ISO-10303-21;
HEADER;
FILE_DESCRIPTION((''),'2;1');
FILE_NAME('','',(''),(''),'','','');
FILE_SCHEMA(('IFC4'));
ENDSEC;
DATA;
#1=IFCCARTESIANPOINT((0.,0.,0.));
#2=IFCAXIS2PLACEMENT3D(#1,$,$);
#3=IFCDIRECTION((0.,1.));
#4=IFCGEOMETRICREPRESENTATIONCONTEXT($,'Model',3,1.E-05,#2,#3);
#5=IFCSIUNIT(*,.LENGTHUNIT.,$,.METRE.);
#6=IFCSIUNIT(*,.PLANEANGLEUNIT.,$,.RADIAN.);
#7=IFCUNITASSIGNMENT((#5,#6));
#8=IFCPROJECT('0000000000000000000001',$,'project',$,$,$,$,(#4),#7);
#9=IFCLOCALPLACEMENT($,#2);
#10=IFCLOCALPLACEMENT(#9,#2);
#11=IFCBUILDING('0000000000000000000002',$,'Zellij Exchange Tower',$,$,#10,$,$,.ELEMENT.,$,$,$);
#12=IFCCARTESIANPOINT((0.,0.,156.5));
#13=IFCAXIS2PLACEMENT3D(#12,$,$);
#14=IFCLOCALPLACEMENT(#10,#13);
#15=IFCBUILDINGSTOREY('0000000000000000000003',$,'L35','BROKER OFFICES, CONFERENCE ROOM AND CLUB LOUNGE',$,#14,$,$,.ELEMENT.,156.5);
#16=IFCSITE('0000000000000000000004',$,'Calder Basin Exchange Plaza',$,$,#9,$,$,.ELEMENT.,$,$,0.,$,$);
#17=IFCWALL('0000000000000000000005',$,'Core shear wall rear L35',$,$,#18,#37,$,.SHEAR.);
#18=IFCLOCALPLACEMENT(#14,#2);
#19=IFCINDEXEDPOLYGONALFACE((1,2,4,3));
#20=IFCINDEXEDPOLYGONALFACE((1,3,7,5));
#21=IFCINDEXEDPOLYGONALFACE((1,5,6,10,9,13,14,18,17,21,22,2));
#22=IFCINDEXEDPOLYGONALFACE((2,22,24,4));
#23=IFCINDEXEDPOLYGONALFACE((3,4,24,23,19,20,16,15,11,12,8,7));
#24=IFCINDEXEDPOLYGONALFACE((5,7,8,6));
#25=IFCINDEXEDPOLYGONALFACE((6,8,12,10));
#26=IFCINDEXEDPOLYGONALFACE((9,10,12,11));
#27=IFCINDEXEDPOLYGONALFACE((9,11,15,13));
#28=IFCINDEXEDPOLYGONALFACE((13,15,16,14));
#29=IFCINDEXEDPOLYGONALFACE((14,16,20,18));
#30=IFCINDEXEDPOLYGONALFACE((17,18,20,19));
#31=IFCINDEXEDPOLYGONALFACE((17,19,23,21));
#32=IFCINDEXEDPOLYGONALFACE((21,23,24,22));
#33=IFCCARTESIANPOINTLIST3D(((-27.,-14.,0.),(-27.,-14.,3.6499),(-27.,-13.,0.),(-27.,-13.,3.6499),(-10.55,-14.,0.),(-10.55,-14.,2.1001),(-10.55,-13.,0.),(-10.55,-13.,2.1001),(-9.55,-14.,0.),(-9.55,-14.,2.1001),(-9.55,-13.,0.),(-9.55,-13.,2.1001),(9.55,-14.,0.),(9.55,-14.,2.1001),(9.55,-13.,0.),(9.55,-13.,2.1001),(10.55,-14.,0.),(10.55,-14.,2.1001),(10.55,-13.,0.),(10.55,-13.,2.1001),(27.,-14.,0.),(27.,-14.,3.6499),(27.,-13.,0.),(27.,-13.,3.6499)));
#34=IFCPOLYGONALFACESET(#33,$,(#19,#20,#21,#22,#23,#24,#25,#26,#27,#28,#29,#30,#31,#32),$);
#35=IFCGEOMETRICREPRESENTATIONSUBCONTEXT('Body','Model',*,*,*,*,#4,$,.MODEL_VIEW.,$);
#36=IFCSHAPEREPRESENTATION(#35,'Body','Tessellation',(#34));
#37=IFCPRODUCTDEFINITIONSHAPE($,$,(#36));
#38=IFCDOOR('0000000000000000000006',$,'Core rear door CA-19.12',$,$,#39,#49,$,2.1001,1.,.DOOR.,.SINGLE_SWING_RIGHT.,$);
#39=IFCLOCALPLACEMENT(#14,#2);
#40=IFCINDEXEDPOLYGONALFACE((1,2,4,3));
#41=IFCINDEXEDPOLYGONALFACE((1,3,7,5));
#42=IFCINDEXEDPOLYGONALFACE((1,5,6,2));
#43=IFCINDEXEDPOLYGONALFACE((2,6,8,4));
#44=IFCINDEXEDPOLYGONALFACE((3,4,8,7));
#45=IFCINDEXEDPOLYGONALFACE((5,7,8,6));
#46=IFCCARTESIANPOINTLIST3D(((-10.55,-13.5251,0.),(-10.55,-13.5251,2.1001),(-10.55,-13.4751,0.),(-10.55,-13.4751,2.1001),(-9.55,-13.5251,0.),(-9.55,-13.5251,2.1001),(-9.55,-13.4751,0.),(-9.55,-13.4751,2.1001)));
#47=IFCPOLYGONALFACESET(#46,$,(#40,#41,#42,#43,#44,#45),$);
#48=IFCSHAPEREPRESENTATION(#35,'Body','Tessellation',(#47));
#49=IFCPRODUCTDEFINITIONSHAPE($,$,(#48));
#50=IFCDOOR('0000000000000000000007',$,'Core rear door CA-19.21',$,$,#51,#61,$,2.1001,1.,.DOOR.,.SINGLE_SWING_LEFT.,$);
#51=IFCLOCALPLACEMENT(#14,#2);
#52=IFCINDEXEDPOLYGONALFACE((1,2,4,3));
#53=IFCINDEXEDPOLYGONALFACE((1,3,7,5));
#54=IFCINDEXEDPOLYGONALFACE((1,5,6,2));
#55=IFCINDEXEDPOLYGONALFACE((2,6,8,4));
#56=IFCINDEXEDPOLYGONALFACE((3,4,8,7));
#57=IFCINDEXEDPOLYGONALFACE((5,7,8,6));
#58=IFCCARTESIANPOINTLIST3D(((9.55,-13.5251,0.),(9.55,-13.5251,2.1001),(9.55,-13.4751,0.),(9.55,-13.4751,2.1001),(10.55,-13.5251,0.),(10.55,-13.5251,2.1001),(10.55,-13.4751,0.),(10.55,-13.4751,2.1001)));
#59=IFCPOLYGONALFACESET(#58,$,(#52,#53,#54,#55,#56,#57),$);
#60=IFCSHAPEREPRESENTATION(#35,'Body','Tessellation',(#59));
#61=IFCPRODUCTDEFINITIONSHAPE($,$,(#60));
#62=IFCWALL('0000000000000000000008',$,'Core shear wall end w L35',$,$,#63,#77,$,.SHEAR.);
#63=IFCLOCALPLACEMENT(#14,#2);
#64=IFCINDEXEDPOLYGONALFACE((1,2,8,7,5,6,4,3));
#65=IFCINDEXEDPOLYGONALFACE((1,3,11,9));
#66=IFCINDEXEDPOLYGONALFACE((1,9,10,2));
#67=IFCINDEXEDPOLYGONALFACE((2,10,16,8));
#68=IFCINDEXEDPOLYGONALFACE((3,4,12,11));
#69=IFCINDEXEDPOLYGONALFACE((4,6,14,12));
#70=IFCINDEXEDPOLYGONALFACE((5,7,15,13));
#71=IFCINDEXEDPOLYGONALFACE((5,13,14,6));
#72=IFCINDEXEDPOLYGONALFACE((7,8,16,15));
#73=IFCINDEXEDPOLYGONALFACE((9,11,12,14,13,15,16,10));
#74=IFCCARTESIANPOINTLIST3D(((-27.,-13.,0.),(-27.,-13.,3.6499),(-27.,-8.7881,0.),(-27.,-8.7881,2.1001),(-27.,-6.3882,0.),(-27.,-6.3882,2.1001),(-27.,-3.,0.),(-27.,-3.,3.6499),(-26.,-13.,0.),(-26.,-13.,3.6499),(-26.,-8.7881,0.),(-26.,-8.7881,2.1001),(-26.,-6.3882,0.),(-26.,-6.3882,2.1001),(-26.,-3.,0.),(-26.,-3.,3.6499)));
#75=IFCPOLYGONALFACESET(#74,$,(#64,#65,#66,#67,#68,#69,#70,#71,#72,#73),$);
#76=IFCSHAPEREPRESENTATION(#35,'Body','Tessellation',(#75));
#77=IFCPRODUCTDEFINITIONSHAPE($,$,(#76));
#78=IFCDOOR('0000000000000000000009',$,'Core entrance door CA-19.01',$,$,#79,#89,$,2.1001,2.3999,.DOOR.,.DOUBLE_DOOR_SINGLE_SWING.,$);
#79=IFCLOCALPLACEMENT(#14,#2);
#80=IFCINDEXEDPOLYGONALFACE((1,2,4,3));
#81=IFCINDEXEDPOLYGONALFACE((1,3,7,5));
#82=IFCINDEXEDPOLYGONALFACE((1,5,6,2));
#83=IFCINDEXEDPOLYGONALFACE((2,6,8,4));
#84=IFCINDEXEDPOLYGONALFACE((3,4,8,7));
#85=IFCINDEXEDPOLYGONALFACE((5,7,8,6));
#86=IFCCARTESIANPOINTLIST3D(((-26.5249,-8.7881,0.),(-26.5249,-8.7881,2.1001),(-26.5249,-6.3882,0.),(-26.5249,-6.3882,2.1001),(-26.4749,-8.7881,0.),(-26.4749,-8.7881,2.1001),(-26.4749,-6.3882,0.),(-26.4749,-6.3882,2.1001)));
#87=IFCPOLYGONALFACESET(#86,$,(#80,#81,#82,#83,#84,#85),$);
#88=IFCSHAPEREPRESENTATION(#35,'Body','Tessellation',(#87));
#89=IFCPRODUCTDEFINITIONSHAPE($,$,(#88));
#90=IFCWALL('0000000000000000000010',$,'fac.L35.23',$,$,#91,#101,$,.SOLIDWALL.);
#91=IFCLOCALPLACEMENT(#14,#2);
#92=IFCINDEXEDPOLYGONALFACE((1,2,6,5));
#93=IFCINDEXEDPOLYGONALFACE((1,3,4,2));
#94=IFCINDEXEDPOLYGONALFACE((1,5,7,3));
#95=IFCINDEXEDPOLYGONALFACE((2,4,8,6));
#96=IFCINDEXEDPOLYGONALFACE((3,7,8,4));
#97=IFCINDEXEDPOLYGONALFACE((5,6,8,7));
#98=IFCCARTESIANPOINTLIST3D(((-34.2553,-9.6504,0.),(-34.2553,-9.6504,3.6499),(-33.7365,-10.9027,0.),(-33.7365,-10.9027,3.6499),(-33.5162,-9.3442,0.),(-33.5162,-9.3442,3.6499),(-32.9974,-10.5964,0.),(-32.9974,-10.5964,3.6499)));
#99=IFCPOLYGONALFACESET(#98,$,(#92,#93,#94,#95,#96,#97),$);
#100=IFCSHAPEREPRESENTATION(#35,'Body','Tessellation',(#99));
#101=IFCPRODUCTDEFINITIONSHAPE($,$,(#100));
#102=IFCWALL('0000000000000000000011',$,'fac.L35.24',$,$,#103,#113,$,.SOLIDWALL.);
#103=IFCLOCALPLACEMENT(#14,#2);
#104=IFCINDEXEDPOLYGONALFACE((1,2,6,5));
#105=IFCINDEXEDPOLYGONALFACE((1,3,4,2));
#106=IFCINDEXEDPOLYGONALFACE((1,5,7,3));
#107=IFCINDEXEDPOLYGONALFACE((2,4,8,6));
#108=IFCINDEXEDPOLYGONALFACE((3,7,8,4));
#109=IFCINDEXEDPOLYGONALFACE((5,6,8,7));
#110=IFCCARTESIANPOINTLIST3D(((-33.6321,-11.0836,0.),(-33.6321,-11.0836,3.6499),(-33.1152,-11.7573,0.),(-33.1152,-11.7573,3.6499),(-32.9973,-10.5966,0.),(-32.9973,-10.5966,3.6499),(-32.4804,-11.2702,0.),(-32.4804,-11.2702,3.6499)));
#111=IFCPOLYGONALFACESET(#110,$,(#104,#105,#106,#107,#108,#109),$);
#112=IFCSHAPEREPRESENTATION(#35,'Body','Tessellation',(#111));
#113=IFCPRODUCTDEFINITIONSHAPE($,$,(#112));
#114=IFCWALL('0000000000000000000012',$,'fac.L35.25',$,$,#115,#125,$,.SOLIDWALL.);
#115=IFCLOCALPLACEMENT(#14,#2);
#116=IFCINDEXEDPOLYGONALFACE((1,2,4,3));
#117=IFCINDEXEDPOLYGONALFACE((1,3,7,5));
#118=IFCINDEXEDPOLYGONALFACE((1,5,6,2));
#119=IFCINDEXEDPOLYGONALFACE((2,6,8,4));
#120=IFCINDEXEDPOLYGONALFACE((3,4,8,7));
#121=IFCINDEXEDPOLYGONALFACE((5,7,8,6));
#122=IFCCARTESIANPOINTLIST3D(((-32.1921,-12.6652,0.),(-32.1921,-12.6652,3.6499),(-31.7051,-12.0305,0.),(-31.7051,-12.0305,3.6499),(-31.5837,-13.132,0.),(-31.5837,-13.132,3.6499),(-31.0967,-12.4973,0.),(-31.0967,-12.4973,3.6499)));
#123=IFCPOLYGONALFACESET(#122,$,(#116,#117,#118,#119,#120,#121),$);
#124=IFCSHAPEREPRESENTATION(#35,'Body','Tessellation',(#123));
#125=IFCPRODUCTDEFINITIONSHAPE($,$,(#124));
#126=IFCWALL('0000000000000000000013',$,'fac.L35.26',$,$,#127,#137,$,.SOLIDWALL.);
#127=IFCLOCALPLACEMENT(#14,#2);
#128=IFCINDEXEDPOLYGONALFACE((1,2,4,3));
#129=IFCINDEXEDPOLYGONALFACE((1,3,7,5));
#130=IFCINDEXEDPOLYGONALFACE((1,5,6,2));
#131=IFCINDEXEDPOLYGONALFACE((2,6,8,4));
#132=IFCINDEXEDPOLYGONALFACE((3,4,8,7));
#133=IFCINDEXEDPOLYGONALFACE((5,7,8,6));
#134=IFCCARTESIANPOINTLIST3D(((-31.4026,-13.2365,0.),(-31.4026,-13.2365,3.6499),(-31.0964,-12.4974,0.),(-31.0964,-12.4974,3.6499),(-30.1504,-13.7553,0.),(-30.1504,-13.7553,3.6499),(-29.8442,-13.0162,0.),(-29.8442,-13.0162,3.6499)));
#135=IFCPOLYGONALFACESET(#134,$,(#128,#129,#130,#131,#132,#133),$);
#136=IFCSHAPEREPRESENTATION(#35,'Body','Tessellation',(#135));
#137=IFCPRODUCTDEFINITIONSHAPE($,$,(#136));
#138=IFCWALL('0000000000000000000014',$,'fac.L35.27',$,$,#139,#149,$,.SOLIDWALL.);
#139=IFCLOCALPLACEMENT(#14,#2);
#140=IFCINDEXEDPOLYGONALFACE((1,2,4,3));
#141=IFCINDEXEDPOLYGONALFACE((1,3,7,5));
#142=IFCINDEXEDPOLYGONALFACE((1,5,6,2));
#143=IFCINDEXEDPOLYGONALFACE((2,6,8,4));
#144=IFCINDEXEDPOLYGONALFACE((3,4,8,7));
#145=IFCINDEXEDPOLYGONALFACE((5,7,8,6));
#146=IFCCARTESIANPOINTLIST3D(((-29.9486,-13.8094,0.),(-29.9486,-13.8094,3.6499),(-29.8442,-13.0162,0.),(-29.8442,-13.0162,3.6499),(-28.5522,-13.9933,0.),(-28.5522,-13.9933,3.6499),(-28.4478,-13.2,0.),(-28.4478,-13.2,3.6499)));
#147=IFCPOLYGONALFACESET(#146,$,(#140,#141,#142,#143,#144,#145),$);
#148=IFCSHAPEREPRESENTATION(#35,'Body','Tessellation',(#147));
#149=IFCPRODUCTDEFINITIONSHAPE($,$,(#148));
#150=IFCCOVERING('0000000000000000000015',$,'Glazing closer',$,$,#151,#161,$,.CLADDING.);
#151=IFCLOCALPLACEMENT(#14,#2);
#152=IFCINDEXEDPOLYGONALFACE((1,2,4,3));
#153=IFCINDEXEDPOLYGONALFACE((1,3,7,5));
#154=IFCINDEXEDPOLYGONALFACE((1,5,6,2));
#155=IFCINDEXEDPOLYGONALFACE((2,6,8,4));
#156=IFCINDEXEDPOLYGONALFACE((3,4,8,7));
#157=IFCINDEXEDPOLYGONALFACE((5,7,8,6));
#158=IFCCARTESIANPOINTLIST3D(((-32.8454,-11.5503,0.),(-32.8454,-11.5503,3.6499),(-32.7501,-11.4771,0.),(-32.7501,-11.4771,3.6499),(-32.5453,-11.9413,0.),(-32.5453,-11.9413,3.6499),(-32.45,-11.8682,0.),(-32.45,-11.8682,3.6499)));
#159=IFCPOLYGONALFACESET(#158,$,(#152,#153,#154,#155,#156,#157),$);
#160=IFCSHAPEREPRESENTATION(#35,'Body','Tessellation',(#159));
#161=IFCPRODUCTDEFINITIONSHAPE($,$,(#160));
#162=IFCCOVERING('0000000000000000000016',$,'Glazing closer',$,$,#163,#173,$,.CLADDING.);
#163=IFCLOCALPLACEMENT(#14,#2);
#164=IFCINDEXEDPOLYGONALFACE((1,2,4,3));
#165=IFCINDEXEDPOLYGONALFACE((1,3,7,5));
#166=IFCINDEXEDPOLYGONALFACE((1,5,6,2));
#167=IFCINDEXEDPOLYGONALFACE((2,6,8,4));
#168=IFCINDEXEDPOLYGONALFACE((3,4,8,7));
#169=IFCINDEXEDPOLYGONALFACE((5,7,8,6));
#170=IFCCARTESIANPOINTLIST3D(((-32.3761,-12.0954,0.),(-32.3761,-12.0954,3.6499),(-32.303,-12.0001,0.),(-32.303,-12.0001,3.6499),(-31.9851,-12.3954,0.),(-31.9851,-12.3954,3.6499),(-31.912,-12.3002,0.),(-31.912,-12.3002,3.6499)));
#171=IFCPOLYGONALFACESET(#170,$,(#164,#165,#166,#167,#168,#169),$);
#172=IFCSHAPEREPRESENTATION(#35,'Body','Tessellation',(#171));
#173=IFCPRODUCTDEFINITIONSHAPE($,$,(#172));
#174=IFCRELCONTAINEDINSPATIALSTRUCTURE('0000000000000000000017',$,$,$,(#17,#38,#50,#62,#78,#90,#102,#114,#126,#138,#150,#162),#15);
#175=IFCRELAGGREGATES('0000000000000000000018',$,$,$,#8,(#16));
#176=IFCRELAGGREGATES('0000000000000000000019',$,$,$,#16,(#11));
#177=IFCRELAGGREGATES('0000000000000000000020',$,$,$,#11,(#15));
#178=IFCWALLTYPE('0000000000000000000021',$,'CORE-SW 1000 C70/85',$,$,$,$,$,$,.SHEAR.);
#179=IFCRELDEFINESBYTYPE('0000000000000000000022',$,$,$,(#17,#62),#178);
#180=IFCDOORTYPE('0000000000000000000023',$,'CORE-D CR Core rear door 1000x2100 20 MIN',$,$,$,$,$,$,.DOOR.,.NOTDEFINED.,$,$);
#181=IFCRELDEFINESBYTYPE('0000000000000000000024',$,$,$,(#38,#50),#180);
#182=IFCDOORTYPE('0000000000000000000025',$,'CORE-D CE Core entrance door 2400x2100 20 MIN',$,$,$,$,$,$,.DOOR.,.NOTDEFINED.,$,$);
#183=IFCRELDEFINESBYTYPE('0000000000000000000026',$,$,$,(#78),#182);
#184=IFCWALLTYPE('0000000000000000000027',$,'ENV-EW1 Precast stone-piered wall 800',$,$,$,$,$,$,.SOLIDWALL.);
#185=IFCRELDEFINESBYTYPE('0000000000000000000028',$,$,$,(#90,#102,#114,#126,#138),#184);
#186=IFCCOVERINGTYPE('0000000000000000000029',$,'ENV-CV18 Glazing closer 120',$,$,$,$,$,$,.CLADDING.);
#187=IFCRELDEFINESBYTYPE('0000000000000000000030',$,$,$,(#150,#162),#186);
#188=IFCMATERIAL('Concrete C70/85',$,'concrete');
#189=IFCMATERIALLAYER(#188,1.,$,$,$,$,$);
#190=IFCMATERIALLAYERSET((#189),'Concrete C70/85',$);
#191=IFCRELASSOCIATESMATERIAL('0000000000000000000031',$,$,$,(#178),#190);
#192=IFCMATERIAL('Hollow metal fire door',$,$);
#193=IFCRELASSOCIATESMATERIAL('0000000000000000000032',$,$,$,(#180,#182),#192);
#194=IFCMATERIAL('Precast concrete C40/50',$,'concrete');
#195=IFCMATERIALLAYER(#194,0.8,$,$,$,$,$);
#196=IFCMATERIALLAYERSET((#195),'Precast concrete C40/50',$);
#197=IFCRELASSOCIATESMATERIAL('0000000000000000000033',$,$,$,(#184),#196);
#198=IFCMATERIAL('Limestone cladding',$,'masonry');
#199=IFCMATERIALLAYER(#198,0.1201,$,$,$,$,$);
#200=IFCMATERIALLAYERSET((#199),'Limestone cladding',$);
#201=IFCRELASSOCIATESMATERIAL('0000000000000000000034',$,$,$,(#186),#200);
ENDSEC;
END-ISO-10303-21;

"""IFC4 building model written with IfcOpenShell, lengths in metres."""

from ifc_helpers import new_model, si_unit, direction, frame, frame_2d, origin, origin_2d, place, context, subcontext, project, spatial, rectangle, extrude, material, layer, layer_set, type_object, element, fill, save


model = new_model("IFC4")

# Units and contexts
model_context = context("Model", 3, precision=1e-05, world=origin(), true_north=direction((0.0, 1.0)))
body_context = subcontext(model_context, "Body", "Model", "MODEL_VIEW")
ifc_project = project(units=[si_unit("LENGTHUNIT", "METRE"), si_unit("PLANEANGLEUNIT", "RADIAN")], contexts=[model_context])

# Site, building, storey
site_placement = place(None, origin())
site = spatial("IfcSite", under=ifc_project, at=site_placement, Name="Calder Basin Exchange Plaza", CompositionType="ELEMENT", RefElevation=0.0)
building_placement = place(site_placement, origin())
building = spatial("IfcBuilding", under=site, at=building_placement, Name="Zellij Exchange Tower", CompositionType="ELEMENT")
storey_placement = place(building_placement, frame((0.0, 0.0, 156.5)))
storey = spatial("IfcBuildingStorey", under=building, at=storey_placement, Name="L35", Description="BROKER OFFICES, CONFERENCE ROOM AND CLUB LOUNGE", CompositionType="ELEMENT", Elevation=156.5)

# Wall, openings, doors
ifc_material_1 = material(Name="Concrete C70/85", Category="concrete")
ifc_layer_1 = layer(ifc_material_1, 1.0)
ifc_layer_set_1 = layer_set([ifc_layer_1], Name="Concrete C70/85")
wall_type_1 = type_object("IfcWallType", Name="CORE-SW 1000 C70/85", PredefinedType="SHEAR", material=ifc_layer_set_1)
wall_1_placement = place(storey_placement, frame((-27.0, -13.5, 0.0), z_axis=(0.0, 0.0, 1.0), x_axis=(1.0, 0.0, 0.0)))
wall_1 = element("IfcWall", 1, at=wall_1_placement, inside=storey, type_object=wall_type_1, Name="Core shear wall rear L35", PredefinedType="SHEAR", context=body_context, shape_type="SweptSolid", body=[
    extrude(rectangle(XDim=54.0, YDim=1.0, at=frame_2d((27.0, 0.0))), origin(), (0.0, 0.0, 1.0), 3.6499),
])
opening_1_placement = place(wall_1_placement, frame((16.45, 0.0, 0.0)))
opening_1 = element("IfcOpeningElement", 2, at=opening_1_placement, cuts=wall_1, PredefinedType="OPENING", context=body_context, shape_type="SweptSolid", body=[
    extrude(rectangle(XDim=1.0, YDim=2.1001, at=frame_2d((0.5, 1.05))), frame((0.0, 0.512, 0.0), z_axis=(0.0, -1.0, 0.0), x_axis=(1.0, 0.0, 0.0)), (0.0, 0.0, 1.0), 1.0239),
])
opening_2_placement = place(wall_1_placement, frame((36.55, 0.0, 0.0)))
opening_2 = element("IfcOpeningElement", 3, at=opening_2_placement, cuts=wall_1, PredefinedType="OPENING", context=body_context, shape_type="SweptSolid", body=[
    extrude(rectangle(XDim=1.0, YDim=2.1001, at=frame_2d((0.5, 1.05))), frame((0.0, 0.512, 0.0), z_axis=(0.0, -1.0, 0.0), x_axis=(1.0, 0.0, 0.0)), (0.0, 0.0, 1.0), 1.0239),
])
ifc_material_2 = material(Name="Hollow metal fire door")
door_type_1 = type_object("IfcDoorType", Name="CORE-D CR Core rear door 1000x2100 20 MIN", OperationType="NOTDEFINED", PredefinedType="DOOR", material=ifc_material_2)
door_1_placement = place(opening_1_placement, origin())
door_1 = element("IfcDoor", 4, at=door_1_placement, inside=storey, type_object=door_type_1, Name="Core rear door CA-19.12", OperationType="SINGLE_SWING_RIGHT", OverallHeight=2.1001, OverallWidth=1.0, PredefinedType="DOOR", context=body_context, shape_type="SweptSolid", body=[
    extrude(rectangle(XDim=1.0, YDim=2.1001, at=frame_2d((0.5, 1.05))), frame((0.0, 0.0249, 0.0), z_axis=(0.0, -1.0, 0.0), x_axis=(1.0, 0.0, 0.0)), (0.0, 0.0, 1.0), 0.05),
])
fill(opening_1, door_1)
door_2_placement = place(opening_2_placement, origin())
door_2 = element("IfcDoor", 5, at=door_2_placement, inside=storey, type_object=door_type_1, Name="Core rear door CA-19.21", OperationType="SINGLE_SWING_LEFT", OverallHeight=2.1001, OverallWidth=1.0, PredefinedType="DOOR", context=body_context, shape_type="SweptSolid", body=[
    extrude(rectangle(XDim=1.0, YDim=2.1001, at=frame_2d((0.5, 1.05))), frame((0.0, 0.0249, 0.0), z_axis=(0.0, -1.0, 0.0), x_axis=(1.0, 0.0, 0.0)), (0.0, 0.0, 1.0), 0.05),
])
fill(opening_2, door_2)

# Wall, opening, door
wall_2_placement = place(storey_placement, frame((-26.5, -13.0, 0.0), z_axis=(0.0, 0.0, 1.0), x_axis=(0.0, 1.0, 0.0)))
wall_2 = element("IfcWall", 6, at=wall_2_placement, inside=storey, type_object=wall_type_1, Name="Core shear wall end w L35", PredefinedType="SHEAR", context=body_context, shape_type="SweptSolid", body=[
    extrude(rectangle(XDim=10.0, YDim=1.0, at=frame_2d((5.0, 0.0))), origin(), (0.0, 0.0, 1.0), 3.6499),
])
opening_3_placement = place(wall_2_placement, frame((4.2119, 0.0, 0.0)))
opening_3 = element("IfcOpeningElement", 7, at=opening_3_placement, cuts=wall_2, PredefinedType="OPENING", context=body_context, shape_type="SweptSolid", body=[
    extrude(rectangle(XDim=2.3999, YDim=2.1001, at=frame_2d((1.2, 1.05))), frame((0.0, 0.512, 0.0), z_axis=(0.0, -1.0, 0.0), x_axis=(1.0, 0.0, 0.0)), (0.0, 0.0, 1.0), 1.0239),
])
door_type_2 = type_object("IfcDoorType", Name="CORE-D CE Core entrance door 2400x2100 20 MIN", OperationType="NOTDEFINED", PredefinedType="DOOR", material=ifc_material_2)
door_3_placement = place(opening_3_placement, origin())
door_3 = element("IfcDoor", 8, at=door_3_placement, inside=storey, type_object=door_type_2, Name="Core entrance door CA-19.01", OperationType="DOUBLE_DOOR_SINGLE_SWING", OverallHeight=2.1001, OverallWidth=2.3999, PredefinedType="DOOR", context=body_context, shape_type="SweptSolid", body=[
    extrude(rectangle(XDim=2.3999, YDim=2.1001, at=frame_2d((1.2, 1.05))), frame((0.0, 0.0249, 0.0), z_axis=(0.0, -1.0, 0.0), x_axis=(1.0, 0.0, 0.0)), (0.0, 0.0, 1.0), 0.05),
])
fill(opening_3, door_3)

# Walls
ifc_material_3 = material(Name="Precast concrete C40/50", Category="concrete")
ifc_layer_2 = layer(ifc_material_3, 0.8)
ifc_layer_set_2 = layer_set([ifc_layer_2], Name="Precast concrete C40/50")
wall_type_2 = type_object("IfcWallType", Name="ENV-EW1 Precast stone-piered wall 800", PredefinedType="SOLIDWALL", material=ifc_layer_set_2)
wall_3_placement = place(storey_placement, frame((-33.8857, -9.4973, 0.0), z_axis=(0.0, 0.0, 1.0), x_axis=(0.38276, -0.923848, 0.0)))
element("IfcWall", 9, at=wall_3_placement, inside=storey, type_object=wall_type_2, Name="fac.L35.23", PredefinedType="SOLIDWALL", context=body_context, shape_type="SweptSolid", body=[
    extrude(rectangle(XDim=1.3555, YDim=0.8, at=frame_2d((0.6777, 0.0))), origin(), (0.0, 0.0, 1.0), 3.6499),
])
wall_4_placement = place(storey_placement, frame((-33.3147, -10.8401, 0.0), z_axis=(0.0, 0.0, 1.0), x_axis=(0.608751, -0.793361, 0.0)))
element("IfcWall", 10, at=wall_4_placement, inside=storey, type_object=wall_type_2, Name="fac.L35.24", PredefinedType="SOLIDWALL", context=body_context, shape_type="SweptSolid", body=[
    extrude(rectangle(XDim=0.8491, YDim=0.8, at=frame_2d((0.4246, 0.0))), origin(), (0.0, 0.0, 1.0), 3.6499),
])
wall_5_placement = place(storey_placement, frame((-31.9485, -12.3479, 0.0), z_axis=(0.0, 0.0, 1.0), x_axis=(0.793381, -0.608726, 0.0)))
element("IfcWall", 11, at=wall_5_placement, inside=storey, type_object=wall_type_2, Name="fac.L35.25", PredefinedType="SOLIDWALL", context=body_context, shape_type="SweptSolid", body=[
    extrude(rectangle(XDim=0.7668, YDim=0.8, at=frame_2d((0.3833, 0.0))), origin(), (0.0, 0.0, 1.0), 3.6499),
])
wall_6_placement = place(storey_placement, frame((-31.2495, -12.8669, 0.0), z_axis=(0.0, 0.0, 1.0), x_axis=(0.923848, -0.38276, 0.0)))
element("IfcWall", 12, at=wall_6_placement, inside=storey, type_object=wall_type_2, Name="fac.L35.26", PredefinedType="SOLIDWALL", context=body_context, shape_type="SweptSolid", body=[
    extrude(rectangle(XDim=1.3555, YDim=0.8, at=frame_2d((0.6777, 0.0))), origin(), (0.0, 0.0, 1.0), 3.6499),
])
wall_7_placement = place(storey_placement, frame((-29.8962, -13.4128, 0.0), z_axis=(0.0, 0.0, 1.0), x_axis=(0.991446, -0.130517, 0.0)))
element("IfcWall", 13, at=wall_7_placement, inside=storey, type_object=wall_type_2, Name="fac.L35.27", PredefinedType="SOLIDWALL", context=body_context, shape_type="SweptSolid", body=[
    extrude(rectangle(XDim=1.4084, YDim=0.8, at=frame_2d((0.7041, 0.0))), origin(), (0.0, 0.0, 1.0), 3.6499),
])

# Coverings
ifc_material_4 = material(Name="Limestone cladding", Category="masonry")
ifc_layer_3 = layer(ifc_material_4, 0.1201)
ifc_layer_set_3 = layer_set([ifc_layer_3], Name="Limestone cladding")
covering_type = type_object("IfcCoveringType", Name="ENV-CV18 Glazing closer 120", PredefinedType="CLADDING", material=ifc_layer_set_3)
for number, where, z_axis, x_axis, name in (
    (14, (-32.6477, -11.7092, 0.0), (0.0, 0.0, 1.0), (0.60881, -0.793316, 0.0), "Glazing closer"),
    (15, (-32.144, -12.1978, 0.0), (0.0, 0.0, 1.0), (-0.793316, 0.60881, 0.0), "Glazing closer"),
):
    element("IfcCovering", number, at=place(storey_placement, frame(where, z_axis=z_axis, x_axis=x_axis)), inside=storey, type_object=covering_type, Name=name, PredefinedType="CLADDING", context=body_context, shape_type="SweptSolid", body=[
        extrude(rectangle(XDim=0.4929, YDim=0.1201, at=origin_2d()), origin(), (0.0, 0.0, 1.0), 3.6499),
    ])

save(model, "model.ifc")
